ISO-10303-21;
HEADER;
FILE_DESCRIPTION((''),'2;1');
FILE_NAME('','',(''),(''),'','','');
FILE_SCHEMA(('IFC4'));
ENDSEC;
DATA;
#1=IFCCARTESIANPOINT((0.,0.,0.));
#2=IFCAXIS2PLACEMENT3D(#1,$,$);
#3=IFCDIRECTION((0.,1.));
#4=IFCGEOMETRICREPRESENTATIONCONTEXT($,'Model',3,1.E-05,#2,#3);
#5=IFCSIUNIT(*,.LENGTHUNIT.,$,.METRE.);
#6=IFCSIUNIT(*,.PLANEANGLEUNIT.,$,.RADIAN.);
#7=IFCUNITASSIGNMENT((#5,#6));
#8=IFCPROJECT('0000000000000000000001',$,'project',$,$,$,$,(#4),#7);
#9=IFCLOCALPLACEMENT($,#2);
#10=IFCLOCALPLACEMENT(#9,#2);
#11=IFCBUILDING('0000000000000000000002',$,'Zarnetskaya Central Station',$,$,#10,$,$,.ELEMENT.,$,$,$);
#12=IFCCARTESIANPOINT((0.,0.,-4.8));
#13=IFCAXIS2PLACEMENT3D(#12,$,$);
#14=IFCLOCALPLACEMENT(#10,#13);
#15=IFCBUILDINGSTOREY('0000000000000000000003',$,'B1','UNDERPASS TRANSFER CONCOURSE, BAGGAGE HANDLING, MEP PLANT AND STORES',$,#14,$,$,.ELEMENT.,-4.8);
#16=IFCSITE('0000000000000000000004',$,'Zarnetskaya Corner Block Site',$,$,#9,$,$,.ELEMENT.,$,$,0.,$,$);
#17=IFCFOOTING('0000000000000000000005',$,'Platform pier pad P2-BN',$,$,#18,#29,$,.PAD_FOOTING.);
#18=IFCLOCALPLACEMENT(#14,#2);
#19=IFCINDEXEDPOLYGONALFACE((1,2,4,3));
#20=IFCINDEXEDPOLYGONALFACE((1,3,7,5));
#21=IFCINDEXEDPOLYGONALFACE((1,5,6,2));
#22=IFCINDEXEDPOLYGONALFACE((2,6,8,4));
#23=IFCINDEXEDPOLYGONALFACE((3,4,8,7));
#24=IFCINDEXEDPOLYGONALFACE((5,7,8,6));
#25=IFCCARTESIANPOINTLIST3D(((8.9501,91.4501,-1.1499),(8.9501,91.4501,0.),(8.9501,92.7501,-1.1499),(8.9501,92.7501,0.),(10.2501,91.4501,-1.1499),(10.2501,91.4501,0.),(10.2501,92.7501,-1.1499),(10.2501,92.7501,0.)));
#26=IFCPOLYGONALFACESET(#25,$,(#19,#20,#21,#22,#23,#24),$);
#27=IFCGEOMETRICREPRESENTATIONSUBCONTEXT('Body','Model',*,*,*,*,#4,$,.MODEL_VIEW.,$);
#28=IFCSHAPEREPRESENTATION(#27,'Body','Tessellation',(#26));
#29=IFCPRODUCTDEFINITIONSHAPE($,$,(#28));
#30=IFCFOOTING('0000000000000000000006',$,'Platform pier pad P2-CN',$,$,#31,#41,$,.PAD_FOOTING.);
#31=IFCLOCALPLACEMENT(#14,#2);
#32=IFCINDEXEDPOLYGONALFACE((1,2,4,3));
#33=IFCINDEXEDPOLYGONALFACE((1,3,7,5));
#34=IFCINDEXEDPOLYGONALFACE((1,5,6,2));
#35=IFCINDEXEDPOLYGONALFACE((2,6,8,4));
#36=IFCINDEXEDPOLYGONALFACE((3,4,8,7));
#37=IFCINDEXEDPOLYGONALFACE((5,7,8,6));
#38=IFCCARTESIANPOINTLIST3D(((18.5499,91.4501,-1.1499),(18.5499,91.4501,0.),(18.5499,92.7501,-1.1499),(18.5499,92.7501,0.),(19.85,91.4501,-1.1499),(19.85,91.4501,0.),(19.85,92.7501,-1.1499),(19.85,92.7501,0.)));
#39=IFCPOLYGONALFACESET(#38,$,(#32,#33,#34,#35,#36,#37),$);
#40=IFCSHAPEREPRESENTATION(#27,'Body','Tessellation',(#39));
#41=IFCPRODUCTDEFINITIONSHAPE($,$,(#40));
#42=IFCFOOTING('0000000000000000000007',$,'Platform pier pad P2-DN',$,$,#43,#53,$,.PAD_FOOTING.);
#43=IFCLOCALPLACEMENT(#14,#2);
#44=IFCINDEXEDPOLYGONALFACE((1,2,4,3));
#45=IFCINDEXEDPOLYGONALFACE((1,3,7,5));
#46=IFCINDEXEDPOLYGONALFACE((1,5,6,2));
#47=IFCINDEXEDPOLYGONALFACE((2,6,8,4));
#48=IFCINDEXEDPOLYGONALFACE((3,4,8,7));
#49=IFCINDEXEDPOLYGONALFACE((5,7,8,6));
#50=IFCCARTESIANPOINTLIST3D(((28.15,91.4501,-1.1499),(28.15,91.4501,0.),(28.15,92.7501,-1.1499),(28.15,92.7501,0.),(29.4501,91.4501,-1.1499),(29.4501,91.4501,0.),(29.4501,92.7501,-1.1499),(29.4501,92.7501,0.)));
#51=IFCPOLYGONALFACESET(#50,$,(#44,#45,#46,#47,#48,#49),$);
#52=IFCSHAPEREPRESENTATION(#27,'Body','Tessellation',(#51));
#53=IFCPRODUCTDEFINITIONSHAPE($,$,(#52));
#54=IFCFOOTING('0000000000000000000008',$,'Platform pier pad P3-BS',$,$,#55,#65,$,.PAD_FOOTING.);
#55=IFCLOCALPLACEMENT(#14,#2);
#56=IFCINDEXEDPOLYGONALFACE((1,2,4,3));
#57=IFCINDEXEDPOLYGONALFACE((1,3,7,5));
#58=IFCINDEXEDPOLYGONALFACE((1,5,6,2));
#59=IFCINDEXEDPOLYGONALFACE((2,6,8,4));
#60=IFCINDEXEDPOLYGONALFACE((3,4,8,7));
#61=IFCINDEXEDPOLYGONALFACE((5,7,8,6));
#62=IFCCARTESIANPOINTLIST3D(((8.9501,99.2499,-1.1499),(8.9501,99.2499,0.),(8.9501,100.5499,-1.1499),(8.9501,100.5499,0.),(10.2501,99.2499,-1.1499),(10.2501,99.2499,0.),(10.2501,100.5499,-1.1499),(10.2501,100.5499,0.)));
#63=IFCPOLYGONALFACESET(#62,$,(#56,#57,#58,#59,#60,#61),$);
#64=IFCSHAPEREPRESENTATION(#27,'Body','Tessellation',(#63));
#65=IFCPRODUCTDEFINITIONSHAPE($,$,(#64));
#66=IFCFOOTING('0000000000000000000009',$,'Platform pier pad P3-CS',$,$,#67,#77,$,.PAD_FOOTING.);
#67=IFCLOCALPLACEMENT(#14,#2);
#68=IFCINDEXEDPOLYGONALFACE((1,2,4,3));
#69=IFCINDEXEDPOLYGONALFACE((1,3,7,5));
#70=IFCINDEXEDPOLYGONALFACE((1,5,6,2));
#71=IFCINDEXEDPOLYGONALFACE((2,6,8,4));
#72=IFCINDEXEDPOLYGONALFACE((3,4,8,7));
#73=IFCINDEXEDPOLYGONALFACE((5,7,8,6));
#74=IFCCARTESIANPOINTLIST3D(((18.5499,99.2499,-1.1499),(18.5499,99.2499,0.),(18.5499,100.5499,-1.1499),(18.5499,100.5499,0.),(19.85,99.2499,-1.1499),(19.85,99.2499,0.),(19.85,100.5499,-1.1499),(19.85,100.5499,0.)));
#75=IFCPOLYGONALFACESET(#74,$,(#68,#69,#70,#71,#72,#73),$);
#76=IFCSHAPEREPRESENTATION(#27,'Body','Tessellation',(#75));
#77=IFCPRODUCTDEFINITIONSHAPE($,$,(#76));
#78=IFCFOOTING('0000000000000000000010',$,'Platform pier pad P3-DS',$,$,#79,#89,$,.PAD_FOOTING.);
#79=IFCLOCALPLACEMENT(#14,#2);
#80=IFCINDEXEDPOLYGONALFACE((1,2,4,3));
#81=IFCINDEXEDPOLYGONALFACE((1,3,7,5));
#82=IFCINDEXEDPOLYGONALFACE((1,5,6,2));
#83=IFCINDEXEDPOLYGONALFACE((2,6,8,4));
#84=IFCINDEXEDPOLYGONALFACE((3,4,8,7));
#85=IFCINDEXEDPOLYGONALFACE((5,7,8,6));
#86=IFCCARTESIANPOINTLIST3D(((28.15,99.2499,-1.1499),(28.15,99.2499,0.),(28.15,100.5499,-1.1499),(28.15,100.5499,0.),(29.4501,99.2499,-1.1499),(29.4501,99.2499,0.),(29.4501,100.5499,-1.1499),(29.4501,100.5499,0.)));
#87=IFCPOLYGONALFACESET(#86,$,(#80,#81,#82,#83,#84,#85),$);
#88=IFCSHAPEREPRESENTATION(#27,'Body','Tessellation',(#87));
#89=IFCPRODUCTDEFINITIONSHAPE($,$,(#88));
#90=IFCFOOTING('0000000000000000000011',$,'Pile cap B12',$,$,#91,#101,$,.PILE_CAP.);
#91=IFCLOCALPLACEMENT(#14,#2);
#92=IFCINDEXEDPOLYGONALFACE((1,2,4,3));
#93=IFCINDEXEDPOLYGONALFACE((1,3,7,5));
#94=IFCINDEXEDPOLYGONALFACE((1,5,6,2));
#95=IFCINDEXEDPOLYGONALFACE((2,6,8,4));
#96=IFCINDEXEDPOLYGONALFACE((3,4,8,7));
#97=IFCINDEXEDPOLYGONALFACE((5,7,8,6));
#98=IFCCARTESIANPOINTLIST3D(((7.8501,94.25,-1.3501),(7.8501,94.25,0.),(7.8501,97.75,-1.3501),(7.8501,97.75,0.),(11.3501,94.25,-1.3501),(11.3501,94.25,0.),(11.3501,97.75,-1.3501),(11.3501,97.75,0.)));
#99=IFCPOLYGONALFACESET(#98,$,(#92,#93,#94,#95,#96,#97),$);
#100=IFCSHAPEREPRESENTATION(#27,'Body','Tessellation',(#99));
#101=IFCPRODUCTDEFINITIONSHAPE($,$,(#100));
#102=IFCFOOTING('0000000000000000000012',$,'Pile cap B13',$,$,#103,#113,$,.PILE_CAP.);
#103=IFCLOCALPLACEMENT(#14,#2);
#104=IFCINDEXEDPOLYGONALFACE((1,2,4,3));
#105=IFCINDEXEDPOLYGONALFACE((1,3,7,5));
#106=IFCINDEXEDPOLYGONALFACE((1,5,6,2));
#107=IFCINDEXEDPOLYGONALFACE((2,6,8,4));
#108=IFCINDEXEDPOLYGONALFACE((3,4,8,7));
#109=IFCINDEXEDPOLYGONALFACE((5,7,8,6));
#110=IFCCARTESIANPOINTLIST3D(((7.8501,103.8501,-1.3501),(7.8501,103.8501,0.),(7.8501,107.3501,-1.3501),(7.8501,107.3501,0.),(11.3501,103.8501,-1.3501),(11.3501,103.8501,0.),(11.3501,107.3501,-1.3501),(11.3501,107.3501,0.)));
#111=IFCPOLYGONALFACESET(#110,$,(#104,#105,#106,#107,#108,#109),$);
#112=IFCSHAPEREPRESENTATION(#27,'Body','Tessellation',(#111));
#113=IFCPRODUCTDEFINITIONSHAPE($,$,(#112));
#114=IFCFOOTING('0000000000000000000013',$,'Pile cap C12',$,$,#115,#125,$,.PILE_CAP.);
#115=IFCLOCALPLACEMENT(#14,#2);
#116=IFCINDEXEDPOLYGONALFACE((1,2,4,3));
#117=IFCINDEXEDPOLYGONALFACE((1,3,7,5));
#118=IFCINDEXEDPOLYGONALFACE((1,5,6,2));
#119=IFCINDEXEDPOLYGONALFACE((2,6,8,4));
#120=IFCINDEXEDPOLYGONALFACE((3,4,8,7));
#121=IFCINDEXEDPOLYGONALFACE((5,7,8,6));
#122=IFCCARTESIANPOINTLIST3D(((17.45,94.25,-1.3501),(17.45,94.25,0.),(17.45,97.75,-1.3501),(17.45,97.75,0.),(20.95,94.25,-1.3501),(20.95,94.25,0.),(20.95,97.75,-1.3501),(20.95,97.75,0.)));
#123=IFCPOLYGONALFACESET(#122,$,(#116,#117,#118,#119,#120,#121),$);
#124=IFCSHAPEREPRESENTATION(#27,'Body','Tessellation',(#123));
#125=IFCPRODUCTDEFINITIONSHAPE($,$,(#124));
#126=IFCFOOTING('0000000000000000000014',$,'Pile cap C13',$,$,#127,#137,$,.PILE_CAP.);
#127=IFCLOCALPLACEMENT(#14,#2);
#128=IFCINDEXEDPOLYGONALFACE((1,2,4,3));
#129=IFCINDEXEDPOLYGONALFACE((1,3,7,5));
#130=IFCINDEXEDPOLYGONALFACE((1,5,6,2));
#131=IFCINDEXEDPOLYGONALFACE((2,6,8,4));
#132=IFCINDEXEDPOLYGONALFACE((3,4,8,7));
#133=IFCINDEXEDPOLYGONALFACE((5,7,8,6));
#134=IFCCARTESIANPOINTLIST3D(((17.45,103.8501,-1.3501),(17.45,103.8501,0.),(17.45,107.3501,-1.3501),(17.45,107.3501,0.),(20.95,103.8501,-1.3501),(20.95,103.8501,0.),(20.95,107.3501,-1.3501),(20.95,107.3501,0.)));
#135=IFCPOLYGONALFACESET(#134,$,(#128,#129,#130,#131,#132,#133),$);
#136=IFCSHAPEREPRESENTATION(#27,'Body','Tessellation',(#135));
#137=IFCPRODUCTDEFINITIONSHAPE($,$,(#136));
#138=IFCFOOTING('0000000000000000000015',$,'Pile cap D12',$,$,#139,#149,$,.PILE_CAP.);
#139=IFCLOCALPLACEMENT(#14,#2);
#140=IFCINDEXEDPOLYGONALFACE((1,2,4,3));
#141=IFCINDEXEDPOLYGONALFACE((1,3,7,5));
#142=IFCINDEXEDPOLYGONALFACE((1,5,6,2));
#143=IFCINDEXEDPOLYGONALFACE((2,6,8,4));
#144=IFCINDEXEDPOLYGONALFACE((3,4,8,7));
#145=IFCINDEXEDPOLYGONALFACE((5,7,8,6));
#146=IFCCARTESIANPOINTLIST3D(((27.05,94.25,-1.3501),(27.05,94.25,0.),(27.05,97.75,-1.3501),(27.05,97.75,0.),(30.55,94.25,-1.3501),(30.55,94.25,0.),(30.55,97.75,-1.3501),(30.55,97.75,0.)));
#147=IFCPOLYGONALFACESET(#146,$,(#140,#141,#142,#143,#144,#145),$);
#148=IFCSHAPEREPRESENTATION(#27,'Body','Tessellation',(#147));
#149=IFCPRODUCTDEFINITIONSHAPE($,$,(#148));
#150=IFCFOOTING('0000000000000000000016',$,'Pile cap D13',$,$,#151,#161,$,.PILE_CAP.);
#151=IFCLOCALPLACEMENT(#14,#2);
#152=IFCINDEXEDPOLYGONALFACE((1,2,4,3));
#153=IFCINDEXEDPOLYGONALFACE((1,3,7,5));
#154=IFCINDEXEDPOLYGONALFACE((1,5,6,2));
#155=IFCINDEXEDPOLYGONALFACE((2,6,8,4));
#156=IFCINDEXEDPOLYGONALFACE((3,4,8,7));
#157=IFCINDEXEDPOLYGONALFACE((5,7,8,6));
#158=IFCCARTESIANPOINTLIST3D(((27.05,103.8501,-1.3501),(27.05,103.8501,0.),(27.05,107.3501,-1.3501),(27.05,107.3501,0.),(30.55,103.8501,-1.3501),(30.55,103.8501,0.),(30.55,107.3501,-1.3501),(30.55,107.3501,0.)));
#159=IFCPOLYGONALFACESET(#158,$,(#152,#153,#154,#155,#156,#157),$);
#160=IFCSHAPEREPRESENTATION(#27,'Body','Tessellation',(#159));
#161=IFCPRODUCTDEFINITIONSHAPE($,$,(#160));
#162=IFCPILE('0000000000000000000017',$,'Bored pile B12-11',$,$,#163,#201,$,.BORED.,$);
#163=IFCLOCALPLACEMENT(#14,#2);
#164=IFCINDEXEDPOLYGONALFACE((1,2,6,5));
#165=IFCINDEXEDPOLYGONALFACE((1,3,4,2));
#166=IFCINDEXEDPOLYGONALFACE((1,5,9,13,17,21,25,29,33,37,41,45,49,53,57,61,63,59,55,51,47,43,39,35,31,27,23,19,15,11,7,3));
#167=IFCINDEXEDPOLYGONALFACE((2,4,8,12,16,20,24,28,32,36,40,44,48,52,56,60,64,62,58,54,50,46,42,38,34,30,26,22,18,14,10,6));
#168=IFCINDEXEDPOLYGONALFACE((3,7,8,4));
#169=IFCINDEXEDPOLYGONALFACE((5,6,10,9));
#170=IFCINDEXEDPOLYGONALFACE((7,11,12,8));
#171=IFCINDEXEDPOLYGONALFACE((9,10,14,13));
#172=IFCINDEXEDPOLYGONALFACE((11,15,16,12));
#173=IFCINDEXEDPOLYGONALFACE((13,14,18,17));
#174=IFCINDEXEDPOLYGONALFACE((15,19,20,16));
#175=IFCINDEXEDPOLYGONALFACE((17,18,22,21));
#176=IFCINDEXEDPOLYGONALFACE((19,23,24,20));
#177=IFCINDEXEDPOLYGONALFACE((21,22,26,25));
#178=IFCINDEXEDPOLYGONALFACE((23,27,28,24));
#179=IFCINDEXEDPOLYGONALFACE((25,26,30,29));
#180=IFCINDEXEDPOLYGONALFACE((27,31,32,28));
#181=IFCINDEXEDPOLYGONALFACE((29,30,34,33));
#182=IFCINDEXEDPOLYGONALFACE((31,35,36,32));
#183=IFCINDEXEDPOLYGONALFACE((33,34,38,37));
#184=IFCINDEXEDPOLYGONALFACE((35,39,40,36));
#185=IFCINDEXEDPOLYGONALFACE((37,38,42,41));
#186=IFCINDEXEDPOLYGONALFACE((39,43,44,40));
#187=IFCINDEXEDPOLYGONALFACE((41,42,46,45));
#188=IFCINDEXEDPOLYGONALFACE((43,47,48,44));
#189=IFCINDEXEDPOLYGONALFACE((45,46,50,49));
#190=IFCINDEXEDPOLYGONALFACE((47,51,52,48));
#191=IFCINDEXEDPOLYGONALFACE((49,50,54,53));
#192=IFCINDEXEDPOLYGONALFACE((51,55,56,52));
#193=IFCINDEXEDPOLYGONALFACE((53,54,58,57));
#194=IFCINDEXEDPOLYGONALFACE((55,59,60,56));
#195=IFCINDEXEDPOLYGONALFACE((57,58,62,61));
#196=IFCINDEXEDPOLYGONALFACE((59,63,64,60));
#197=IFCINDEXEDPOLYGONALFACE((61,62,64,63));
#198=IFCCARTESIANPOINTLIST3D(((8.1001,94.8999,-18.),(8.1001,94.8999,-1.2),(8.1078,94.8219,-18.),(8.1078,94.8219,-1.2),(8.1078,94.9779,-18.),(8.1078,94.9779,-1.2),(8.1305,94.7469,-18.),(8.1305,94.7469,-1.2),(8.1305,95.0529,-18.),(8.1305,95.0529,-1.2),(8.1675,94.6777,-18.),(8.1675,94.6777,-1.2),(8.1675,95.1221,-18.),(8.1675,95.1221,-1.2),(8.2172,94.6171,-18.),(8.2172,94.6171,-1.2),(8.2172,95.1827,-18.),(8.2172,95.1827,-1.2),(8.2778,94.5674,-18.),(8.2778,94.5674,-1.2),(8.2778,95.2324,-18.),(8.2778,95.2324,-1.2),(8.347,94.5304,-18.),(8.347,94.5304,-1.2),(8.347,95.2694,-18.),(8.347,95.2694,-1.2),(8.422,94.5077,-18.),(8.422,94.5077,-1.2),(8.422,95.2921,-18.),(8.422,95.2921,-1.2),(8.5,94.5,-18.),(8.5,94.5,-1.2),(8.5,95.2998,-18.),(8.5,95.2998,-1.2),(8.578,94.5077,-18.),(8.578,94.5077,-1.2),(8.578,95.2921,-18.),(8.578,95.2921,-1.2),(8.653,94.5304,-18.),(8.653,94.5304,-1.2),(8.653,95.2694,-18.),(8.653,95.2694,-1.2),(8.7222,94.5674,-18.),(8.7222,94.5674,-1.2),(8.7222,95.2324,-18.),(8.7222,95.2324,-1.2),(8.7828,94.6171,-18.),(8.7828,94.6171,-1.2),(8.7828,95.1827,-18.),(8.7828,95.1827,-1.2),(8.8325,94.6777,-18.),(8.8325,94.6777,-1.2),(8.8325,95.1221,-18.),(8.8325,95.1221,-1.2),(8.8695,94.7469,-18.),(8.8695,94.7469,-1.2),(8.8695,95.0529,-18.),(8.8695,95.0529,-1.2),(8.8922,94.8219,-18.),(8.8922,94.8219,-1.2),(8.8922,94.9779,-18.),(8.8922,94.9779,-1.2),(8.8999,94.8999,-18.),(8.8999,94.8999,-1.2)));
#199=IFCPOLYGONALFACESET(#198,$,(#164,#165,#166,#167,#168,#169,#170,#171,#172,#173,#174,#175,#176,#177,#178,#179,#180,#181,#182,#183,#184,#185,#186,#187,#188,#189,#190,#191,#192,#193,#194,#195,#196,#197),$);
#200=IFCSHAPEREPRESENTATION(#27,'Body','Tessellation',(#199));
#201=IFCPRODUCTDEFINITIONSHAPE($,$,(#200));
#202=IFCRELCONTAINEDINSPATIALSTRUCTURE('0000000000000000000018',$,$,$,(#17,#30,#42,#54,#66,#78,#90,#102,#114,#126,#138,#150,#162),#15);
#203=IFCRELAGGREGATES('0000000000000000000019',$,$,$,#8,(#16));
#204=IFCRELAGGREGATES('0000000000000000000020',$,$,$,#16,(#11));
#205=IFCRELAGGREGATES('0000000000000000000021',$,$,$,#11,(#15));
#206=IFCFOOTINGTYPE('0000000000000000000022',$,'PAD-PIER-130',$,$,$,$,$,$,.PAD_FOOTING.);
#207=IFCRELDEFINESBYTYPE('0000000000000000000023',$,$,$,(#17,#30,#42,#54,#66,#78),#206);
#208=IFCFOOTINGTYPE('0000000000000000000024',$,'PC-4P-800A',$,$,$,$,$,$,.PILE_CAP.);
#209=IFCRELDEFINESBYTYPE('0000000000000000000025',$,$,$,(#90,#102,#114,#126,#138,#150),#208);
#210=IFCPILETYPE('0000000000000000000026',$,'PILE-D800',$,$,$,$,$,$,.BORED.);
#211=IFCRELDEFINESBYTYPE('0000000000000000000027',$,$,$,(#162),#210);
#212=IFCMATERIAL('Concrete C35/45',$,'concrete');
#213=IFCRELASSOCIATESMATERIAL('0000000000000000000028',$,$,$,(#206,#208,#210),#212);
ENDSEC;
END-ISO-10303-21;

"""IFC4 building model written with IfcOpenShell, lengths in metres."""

from ifc_helpers import new_model, si_unit, direction, frame, origin, origin_2d, place, context, subcontext, project, spatial, rectangle, circle, extrude, material, material_profile, profile_set, type_object, element, save


model = new_model("IFC4")

# Units and contexts
model_context = context("Model", 3, precision=1e-05, world=origin(), true_north=direction((0.0, 1.0)))
body_context = subcontext(model_context, "Body", "Model", "MODEL_VIEW")
ifc_project = project(units=[si_unit("LENGTHUNIT", "METRE"), si_unit("PLANEANGLEUNIT", "RADIAN")], contexts=[model_context])

# Site, building, storey
site_placement = place(None, origin())
site = spatial("IfcSite", under=ifc_project, at=site_placement, Name="Zarnetskaya Corner Block Site", CompositionType="ELEMENT", RefElevation=0.0)
building_placement = place(site_placement, origin())
building = spatial("IfcBuilding", under=site, at=building_placement, Name="Zarnetskaya Central Station", CompositionType="ELEMENT")
storey_placement = place(building_placement, frame((0.0, 0.0, -4.8)))
storey = spatial("IfcBuildingStorey", under=building, at=storey_placement, Name="B1", Description="UNDERPASS TRANSFER CONCOURSE, BAGGAGE HANDLING, MEP PLANT AND STORES", CompositionType="ELEMENT", Elevation=-4.8)

# Footings
ifc_material = material(Name="Concrete C35/45", Category="concrete")
footing_type_1 = type_object("IfcFootingType", Name="PAD-PIER-130", PredefinedType="PAD_FOOTING", material=ifc_material)
for number, where, z_axis, x_axis, name in (
    (1, (9.6001, 92.1001, -1.1499), (0.0, 0.0, 1.0), (1.0, 0.0, 0.0), "Platform pier pad P2-BN"),
    (2, (19.2, 92.1001, -1.1499), (0.0, 0.0, 1.0), (1.0, 0.0, 0.0), "Platform pier pad P2-CN"),
    (3, (28.8, 92.1001, -1.1499), (0.0, 0.0, 1.0), (1.0, 0.0, 0.0), "Platform pier pad P2-DN"),
    (4, (9.6001, 99.8999, -1.1499), (0.0, 0.0, 1.0), (1.0, 0.0, 0.0), "Platform pier pad P3-BS"),
    (5, (19.2, 99.8999, -1.1499), (0.0, 0.0, 1.0), (1.0, 0.0, 0.0), "Platform pier pad P3-CS"),
    (6, (28.8, 99.8999, -1.1499), (0.0, 0.0, 1.0), (1.0, 0.0, 0.0), "Platform pier pad P3-DS"),
):
    element("IfcFooting", number, at=place(storey_placement, frame(where, z_axis=z_axis, x_axis=x_axis)), inside=storey, type_object=footing_type_1, Name=name, PredefinedType="PAD_FOOTING", context=body_context, shape_type="SweptSolid", body=[
        extrude(rectangle(XDim=1.3, YDim=1.3, at=origin_2d()), origin(), (0.0, 0.0, 1.0), 1.1499),
    ])
footing_type_2 = type_object("IfcFootingType", Name="PC-4P-800A", PredefinedType="PILE_CAP", material=ifc_material)
for number, where, z_axis, x_axis, name in (
    (7, (9.6001, 96.0, -1.3501), (0.0, 0.0, 1.0), (1.0, 0.0, 0.0), "Pile cap B12"),
    (8, (9.6001, 105.6001, -1.3501), (0.0, 0.0, 1.0), (1.0, 0.0, 0.0), "Pile cap B13"),
    (9, (19.2, 96.0, -1.3501), (0.0, 0.0, 1.0), (1.0, 0.0, 0.0), "Pile cap C12"),
    (10, (19.2, 105.6001, -1.3501), (0.0, 0.0, 1.0), (1.0, 0.0, 0.0), "Pile cap C13"),
    (11, (28.8, 96.0, -1.3501), (0.0, 0.0, 1.0), (1.0, 0.0, 0.0), "Pile cap D12"),
    (12, (28.8, 105.6001, -1.3501), (0.0, 0.0, 1.0), (1.0, 0.0, 0.0), "Pile cap D13"),
):
    element("IfcFooting", number, at=place(storey_placement, frame(where, z_axis=z_axis, x_axis=x_axis)), inside=storey, type_object=footing_type_2, Name=name, PredefinedType="PILE_CAP", context=body_context, shape_type="SweptSolid", body=[
        extrude(rectangle(XDim=3.5, YDim=3.5, at=origin_2d()), origin(), (0.0, 0.0, 1.0), 1.3501),
    ])

# Pile
ifc_material_profile_1 = material_profile(ifc_material, circle(Radius=0.3999, at=origin_2d()), Name="BORED PILE D800")
ifc_profile_set_1 = profile_set([ifc_material_profile_1], Name="Concrete C35/45")
pile_type = type_object("IfcPileType", Name="PILE-D800", PredefinedType="BORED", material=ifc_profile_set_1)
for number, where, z_axis, x_axis, name in (
    (13, (8.5, 94.8999, -1.2), (0.0, 0.0, -1.0), (1.0, 0.0, 0.0), "Bored pile B12-11"),
):
    element("IfcPile", number, at=place(storey_placement, frame(where, z_axis=z_axis, x_axis=x_axis)), inside=storey, type_object=pile_type, Name=name, PredefinedType="BORED", context=body_context, shape_type="SweptSolid", body=[
        extrude(circle(Radius=0.3999, at=origin_2d()), origin(), (0.0, 0.0, 1.0), 16.8),
    ])

save(model, "model.ifc")
